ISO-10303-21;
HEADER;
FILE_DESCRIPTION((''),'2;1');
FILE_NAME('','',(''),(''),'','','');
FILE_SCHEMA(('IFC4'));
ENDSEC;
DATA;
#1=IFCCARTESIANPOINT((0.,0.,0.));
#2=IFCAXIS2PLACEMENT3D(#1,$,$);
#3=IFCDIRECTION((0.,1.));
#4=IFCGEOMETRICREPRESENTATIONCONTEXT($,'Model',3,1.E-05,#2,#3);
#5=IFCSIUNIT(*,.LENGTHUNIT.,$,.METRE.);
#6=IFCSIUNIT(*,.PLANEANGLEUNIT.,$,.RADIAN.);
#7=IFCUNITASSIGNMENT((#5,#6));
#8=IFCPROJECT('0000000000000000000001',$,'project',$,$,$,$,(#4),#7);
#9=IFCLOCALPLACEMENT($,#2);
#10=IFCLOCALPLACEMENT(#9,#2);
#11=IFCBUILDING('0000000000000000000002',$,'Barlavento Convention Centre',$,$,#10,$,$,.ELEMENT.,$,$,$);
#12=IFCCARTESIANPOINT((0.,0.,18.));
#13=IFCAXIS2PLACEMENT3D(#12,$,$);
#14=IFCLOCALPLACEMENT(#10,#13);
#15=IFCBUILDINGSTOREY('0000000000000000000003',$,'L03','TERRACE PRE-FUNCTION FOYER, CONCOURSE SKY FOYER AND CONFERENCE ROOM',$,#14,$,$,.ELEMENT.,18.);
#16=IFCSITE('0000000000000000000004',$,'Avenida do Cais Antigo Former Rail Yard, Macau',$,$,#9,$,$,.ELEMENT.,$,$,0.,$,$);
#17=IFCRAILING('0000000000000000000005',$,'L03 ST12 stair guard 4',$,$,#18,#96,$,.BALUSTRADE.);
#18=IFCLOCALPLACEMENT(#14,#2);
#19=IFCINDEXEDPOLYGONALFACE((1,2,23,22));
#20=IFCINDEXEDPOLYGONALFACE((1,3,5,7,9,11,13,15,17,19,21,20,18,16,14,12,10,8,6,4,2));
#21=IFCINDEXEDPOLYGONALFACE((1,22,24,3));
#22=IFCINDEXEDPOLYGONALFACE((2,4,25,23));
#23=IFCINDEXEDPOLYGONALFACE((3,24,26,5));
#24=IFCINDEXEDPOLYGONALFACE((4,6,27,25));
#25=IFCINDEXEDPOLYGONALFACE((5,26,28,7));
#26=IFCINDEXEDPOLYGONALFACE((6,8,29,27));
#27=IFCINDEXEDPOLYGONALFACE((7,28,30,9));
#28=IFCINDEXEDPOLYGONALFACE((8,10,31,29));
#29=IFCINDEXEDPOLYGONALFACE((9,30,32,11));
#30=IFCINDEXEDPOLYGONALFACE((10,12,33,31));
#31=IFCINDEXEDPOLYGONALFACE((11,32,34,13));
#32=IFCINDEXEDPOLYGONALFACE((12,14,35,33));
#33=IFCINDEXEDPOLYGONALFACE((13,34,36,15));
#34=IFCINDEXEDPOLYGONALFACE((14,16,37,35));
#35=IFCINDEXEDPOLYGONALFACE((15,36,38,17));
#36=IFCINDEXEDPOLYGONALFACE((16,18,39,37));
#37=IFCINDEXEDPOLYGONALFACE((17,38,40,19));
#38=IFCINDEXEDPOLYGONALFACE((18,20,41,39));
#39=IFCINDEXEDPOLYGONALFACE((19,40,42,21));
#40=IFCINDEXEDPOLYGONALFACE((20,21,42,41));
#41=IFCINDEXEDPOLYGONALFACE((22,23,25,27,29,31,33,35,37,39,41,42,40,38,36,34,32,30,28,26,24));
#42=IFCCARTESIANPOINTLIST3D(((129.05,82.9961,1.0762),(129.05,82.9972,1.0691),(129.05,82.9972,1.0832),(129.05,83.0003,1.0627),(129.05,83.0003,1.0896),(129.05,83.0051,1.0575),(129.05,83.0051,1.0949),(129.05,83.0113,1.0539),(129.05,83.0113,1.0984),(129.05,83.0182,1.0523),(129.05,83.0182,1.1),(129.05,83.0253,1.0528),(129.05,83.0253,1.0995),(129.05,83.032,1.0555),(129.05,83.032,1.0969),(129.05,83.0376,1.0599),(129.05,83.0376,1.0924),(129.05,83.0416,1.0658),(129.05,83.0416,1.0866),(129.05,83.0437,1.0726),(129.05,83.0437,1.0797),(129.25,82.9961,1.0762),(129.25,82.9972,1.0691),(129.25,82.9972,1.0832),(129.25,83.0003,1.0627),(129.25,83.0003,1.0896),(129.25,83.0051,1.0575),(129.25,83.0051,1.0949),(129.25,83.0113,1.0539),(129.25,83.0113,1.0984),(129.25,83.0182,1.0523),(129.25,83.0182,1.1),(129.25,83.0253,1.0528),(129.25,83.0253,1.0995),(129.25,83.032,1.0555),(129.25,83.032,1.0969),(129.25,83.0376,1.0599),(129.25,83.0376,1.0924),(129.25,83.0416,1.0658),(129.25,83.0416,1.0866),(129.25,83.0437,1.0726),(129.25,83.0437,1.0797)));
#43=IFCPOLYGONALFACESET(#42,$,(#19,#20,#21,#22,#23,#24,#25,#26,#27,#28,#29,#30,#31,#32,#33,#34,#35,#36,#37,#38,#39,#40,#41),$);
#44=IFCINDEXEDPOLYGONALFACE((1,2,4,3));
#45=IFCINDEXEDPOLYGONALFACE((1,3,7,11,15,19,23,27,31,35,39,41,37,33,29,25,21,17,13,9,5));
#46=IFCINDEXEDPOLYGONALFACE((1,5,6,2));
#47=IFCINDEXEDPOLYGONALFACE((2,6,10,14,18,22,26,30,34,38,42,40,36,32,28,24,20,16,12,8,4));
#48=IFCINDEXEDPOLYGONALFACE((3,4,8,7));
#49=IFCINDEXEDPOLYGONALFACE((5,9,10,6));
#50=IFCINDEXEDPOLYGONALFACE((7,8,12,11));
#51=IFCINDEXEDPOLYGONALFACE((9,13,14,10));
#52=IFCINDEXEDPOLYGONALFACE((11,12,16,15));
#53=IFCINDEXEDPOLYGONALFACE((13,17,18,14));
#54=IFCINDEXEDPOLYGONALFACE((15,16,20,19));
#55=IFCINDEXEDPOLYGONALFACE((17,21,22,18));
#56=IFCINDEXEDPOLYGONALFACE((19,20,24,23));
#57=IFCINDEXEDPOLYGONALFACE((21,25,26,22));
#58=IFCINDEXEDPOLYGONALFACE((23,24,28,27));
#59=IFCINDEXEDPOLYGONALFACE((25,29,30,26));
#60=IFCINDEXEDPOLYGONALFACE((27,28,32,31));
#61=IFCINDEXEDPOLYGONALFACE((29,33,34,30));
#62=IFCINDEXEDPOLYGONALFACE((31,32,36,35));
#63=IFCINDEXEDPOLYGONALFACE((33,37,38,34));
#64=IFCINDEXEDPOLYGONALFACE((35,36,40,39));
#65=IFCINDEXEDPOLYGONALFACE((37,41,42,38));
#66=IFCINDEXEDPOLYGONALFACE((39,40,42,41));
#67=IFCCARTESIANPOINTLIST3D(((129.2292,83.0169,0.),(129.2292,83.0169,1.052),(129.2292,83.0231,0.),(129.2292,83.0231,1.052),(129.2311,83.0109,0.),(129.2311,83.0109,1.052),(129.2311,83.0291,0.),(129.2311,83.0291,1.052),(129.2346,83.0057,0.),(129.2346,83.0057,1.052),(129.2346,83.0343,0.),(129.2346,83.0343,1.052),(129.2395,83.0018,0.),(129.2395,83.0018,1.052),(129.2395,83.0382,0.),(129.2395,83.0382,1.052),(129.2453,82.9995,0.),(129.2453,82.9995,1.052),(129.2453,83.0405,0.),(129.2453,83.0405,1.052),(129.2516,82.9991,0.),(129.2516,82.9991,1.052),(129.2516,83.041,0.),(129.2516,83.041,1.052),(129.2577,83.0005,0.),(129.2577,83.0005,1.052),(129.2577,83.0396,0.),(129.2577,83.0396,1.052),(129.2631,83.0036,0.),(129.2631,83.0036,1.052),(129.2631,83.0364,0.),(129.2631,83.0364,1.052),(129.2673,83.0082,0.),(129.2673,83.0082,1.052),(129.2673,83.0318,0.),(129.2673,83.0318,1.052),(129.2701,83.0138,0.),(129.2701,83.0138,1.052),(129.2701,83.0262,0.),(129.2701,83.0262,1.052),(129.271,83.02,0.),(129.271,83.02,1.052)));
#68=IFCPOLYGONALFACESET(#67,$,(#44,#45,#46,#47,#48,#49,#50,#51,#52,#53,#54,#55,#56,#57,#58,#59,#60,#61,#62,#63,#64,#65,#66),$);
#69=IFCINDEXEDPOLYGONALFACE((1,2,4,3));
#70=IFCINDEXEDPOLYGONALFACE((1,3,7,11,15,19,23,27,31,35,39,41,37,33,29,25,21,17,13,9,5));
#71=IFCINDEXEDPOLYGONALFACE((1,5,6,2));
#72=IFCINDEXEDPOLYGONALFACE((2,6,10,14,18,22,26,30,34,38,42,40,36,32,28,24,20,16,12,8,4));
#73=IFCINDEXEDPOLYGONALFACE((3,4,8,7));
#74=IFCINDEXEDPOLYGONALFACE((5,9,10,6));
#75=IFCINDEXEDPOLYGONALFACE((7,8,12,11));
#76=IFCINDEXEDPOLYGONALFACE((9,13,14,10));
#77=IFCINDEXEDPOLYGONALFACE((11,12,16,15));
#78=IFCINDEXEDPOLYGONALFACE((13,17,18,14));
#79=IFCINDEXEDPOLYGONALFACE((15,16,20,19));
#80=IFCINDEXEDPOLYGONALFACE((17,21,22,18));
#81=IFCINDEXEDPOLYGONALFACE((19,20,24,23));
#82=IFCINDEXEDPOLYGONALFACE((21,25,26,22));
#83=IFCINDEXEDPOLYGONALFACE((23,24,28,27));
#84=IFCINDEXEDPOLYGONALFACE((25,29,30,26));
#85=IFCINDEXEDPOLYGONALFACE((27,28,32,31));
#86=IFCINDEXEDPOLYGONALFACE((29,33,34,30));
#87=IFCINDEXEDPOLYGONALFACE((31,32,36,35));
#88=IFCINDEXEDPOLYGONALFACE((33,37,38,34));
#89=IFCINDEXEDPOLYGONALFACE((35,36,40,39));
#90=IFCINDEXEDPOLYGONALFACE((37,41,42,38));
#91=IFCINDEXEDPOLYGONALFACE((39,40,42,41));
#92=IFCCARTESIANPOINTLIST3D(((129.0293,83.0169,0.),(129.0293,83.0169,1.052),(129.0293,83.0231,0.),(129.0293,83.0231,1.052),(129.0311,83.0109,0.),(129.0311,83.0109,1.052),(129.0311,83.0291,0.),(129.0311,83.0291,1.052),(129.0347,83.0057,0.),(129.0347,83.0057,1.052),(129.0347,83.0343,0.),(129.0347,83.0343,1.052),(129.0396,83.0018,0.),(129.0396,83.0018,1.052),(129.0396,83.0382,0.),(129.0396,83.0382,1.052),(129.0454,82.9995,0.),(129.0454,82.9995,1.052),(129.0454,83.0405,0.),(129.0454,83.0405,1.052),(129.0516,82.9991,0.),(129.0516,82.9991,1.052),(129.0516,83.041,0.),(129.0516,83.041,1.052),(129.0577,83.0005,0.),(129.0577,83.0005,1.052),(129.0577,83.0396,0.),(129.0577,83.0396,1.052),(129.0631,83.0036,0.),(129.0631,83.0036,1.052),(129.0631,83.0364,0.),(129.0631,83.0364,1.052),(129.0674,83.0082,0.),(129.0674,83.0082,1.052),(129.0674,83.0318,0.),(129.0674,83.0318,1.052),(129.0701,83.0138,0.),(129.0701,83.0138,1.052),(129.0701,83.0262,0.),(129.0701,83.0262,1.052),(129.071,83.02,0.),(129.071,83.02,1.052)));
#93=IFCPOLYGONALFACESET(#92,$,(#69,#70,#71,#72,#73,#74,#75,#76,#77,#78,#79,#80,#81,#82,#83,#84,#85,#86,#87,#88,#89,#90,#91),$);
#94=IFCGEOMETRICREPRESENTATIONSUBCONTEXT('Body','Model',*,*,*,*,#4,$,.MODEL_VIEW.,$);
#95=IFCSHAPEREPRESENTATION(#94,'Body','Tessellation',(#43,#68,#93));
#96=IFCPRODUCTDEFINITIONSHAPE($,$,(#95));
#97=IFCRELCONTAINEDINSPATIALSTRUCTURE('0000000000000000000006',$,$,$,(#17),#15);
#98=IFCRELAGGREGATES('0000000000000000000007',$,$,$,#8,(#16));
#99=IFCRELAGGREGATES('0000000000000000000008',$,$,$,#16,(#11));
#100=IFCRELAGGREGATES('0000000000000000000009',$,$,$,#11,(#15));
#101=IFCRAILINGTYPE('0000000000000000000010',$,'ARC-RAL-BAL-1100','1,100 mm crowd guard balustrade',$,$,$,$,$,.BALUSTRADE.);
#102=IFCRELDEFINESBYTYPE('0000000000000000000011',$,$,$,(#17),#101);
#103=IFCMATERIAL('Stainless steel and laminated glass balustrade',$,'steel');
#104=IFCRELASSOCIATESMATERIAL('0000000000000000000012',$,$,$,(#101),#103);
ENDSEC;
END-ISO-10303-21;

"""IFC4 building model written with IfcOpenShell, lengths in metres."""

from ifc_helpers import new_model, si_unit, direction, frame, origin, origin_2d, place, context, subcontext, project, spatial, circle, extrude, material, type_object, element, save


model = new_model("IFC4")

# Units and contexts
model_context = context("Model", 3, precision=1e-05, world=origin(), true_north=direction((0.0, 1.0)))
body_context = subcontext(model_context, "Body", "Model", "MODEL_VIEW")
ifc_project = project(units=[si_unit("LENGTHUNIT", "METRE"), si_unit("PLANEANGLEUNIT", "RADIAN")], contexts=[model_context])

# Site, building, storey
site_placement = place(None, origin())
site = spatial("IfcSite", under=ifc_project, at=site_placement, Name="Avenida do Cais Antigo Former Rail Yard, Macau", CompositionType="ELEMENT", RefElevation=0.0)
building_placement = place(site_placement, origin())
building = spatial("IfcBuilding", under=site, at=building_placement, Name="Barlavento Convention Centre", CompositionType="ELEMENT")
storey_placement = place(building_placement, frame((0.0, 0.0, 18.0)))
storey = spatial("IfcBuildingStorey", under=building, at=storey_placement, Name="L03", Description="TERRACE PRE-FUNCTION FOYER, CONCOURSE SKY FOYER AND CONFERENCE ROOM", CompositionType="ELEMENT", Elevation=18.0)

# Railing
ifc_material_1 = material(Name="Stainless steel and laminated glass balustrade", Category="steel")
railing_type_1 = type_object("IfcRailingType", Name="ARC-RAL-BAL-1100", Description="1,100 mm crowd guard balustrade", PredefinedType="BALUSTRADE", material=ifc_material_1)
railing_1_placement = place(storey_placement, frame((129.25, 83.02, 0.0)))
element("IfcRailing", 1, at=railing_1_placement, inside=storey, type_object=railing_type_1, Name="L03 ST12 stair guard 4", PredefinedType="BALUSTRADE", context=body_context, shape_type="SweptSolid", body=[
    extrude(circle(Radius=0.0239, at=origin_2d()), frame((0.0, 0.0, 1.0762), z_axis=(-1.0, 0.0, 0.0), x_axis=(0.0, -1.0, 0.0)), (0.0, 0.0, 1.0), 0.2),
    extrude(circle(Radius=0.021, at=origin_2d()), origin(), (0.0, 0.0, 1.0), 1.052),
    extrude(circle(Radius=0.021, at=origin_2d()), frame((-0.2, 0.0, 0.0)), (0.0, 0.0, 1.0), 1.052),
])

save(model, "model.ifc")
